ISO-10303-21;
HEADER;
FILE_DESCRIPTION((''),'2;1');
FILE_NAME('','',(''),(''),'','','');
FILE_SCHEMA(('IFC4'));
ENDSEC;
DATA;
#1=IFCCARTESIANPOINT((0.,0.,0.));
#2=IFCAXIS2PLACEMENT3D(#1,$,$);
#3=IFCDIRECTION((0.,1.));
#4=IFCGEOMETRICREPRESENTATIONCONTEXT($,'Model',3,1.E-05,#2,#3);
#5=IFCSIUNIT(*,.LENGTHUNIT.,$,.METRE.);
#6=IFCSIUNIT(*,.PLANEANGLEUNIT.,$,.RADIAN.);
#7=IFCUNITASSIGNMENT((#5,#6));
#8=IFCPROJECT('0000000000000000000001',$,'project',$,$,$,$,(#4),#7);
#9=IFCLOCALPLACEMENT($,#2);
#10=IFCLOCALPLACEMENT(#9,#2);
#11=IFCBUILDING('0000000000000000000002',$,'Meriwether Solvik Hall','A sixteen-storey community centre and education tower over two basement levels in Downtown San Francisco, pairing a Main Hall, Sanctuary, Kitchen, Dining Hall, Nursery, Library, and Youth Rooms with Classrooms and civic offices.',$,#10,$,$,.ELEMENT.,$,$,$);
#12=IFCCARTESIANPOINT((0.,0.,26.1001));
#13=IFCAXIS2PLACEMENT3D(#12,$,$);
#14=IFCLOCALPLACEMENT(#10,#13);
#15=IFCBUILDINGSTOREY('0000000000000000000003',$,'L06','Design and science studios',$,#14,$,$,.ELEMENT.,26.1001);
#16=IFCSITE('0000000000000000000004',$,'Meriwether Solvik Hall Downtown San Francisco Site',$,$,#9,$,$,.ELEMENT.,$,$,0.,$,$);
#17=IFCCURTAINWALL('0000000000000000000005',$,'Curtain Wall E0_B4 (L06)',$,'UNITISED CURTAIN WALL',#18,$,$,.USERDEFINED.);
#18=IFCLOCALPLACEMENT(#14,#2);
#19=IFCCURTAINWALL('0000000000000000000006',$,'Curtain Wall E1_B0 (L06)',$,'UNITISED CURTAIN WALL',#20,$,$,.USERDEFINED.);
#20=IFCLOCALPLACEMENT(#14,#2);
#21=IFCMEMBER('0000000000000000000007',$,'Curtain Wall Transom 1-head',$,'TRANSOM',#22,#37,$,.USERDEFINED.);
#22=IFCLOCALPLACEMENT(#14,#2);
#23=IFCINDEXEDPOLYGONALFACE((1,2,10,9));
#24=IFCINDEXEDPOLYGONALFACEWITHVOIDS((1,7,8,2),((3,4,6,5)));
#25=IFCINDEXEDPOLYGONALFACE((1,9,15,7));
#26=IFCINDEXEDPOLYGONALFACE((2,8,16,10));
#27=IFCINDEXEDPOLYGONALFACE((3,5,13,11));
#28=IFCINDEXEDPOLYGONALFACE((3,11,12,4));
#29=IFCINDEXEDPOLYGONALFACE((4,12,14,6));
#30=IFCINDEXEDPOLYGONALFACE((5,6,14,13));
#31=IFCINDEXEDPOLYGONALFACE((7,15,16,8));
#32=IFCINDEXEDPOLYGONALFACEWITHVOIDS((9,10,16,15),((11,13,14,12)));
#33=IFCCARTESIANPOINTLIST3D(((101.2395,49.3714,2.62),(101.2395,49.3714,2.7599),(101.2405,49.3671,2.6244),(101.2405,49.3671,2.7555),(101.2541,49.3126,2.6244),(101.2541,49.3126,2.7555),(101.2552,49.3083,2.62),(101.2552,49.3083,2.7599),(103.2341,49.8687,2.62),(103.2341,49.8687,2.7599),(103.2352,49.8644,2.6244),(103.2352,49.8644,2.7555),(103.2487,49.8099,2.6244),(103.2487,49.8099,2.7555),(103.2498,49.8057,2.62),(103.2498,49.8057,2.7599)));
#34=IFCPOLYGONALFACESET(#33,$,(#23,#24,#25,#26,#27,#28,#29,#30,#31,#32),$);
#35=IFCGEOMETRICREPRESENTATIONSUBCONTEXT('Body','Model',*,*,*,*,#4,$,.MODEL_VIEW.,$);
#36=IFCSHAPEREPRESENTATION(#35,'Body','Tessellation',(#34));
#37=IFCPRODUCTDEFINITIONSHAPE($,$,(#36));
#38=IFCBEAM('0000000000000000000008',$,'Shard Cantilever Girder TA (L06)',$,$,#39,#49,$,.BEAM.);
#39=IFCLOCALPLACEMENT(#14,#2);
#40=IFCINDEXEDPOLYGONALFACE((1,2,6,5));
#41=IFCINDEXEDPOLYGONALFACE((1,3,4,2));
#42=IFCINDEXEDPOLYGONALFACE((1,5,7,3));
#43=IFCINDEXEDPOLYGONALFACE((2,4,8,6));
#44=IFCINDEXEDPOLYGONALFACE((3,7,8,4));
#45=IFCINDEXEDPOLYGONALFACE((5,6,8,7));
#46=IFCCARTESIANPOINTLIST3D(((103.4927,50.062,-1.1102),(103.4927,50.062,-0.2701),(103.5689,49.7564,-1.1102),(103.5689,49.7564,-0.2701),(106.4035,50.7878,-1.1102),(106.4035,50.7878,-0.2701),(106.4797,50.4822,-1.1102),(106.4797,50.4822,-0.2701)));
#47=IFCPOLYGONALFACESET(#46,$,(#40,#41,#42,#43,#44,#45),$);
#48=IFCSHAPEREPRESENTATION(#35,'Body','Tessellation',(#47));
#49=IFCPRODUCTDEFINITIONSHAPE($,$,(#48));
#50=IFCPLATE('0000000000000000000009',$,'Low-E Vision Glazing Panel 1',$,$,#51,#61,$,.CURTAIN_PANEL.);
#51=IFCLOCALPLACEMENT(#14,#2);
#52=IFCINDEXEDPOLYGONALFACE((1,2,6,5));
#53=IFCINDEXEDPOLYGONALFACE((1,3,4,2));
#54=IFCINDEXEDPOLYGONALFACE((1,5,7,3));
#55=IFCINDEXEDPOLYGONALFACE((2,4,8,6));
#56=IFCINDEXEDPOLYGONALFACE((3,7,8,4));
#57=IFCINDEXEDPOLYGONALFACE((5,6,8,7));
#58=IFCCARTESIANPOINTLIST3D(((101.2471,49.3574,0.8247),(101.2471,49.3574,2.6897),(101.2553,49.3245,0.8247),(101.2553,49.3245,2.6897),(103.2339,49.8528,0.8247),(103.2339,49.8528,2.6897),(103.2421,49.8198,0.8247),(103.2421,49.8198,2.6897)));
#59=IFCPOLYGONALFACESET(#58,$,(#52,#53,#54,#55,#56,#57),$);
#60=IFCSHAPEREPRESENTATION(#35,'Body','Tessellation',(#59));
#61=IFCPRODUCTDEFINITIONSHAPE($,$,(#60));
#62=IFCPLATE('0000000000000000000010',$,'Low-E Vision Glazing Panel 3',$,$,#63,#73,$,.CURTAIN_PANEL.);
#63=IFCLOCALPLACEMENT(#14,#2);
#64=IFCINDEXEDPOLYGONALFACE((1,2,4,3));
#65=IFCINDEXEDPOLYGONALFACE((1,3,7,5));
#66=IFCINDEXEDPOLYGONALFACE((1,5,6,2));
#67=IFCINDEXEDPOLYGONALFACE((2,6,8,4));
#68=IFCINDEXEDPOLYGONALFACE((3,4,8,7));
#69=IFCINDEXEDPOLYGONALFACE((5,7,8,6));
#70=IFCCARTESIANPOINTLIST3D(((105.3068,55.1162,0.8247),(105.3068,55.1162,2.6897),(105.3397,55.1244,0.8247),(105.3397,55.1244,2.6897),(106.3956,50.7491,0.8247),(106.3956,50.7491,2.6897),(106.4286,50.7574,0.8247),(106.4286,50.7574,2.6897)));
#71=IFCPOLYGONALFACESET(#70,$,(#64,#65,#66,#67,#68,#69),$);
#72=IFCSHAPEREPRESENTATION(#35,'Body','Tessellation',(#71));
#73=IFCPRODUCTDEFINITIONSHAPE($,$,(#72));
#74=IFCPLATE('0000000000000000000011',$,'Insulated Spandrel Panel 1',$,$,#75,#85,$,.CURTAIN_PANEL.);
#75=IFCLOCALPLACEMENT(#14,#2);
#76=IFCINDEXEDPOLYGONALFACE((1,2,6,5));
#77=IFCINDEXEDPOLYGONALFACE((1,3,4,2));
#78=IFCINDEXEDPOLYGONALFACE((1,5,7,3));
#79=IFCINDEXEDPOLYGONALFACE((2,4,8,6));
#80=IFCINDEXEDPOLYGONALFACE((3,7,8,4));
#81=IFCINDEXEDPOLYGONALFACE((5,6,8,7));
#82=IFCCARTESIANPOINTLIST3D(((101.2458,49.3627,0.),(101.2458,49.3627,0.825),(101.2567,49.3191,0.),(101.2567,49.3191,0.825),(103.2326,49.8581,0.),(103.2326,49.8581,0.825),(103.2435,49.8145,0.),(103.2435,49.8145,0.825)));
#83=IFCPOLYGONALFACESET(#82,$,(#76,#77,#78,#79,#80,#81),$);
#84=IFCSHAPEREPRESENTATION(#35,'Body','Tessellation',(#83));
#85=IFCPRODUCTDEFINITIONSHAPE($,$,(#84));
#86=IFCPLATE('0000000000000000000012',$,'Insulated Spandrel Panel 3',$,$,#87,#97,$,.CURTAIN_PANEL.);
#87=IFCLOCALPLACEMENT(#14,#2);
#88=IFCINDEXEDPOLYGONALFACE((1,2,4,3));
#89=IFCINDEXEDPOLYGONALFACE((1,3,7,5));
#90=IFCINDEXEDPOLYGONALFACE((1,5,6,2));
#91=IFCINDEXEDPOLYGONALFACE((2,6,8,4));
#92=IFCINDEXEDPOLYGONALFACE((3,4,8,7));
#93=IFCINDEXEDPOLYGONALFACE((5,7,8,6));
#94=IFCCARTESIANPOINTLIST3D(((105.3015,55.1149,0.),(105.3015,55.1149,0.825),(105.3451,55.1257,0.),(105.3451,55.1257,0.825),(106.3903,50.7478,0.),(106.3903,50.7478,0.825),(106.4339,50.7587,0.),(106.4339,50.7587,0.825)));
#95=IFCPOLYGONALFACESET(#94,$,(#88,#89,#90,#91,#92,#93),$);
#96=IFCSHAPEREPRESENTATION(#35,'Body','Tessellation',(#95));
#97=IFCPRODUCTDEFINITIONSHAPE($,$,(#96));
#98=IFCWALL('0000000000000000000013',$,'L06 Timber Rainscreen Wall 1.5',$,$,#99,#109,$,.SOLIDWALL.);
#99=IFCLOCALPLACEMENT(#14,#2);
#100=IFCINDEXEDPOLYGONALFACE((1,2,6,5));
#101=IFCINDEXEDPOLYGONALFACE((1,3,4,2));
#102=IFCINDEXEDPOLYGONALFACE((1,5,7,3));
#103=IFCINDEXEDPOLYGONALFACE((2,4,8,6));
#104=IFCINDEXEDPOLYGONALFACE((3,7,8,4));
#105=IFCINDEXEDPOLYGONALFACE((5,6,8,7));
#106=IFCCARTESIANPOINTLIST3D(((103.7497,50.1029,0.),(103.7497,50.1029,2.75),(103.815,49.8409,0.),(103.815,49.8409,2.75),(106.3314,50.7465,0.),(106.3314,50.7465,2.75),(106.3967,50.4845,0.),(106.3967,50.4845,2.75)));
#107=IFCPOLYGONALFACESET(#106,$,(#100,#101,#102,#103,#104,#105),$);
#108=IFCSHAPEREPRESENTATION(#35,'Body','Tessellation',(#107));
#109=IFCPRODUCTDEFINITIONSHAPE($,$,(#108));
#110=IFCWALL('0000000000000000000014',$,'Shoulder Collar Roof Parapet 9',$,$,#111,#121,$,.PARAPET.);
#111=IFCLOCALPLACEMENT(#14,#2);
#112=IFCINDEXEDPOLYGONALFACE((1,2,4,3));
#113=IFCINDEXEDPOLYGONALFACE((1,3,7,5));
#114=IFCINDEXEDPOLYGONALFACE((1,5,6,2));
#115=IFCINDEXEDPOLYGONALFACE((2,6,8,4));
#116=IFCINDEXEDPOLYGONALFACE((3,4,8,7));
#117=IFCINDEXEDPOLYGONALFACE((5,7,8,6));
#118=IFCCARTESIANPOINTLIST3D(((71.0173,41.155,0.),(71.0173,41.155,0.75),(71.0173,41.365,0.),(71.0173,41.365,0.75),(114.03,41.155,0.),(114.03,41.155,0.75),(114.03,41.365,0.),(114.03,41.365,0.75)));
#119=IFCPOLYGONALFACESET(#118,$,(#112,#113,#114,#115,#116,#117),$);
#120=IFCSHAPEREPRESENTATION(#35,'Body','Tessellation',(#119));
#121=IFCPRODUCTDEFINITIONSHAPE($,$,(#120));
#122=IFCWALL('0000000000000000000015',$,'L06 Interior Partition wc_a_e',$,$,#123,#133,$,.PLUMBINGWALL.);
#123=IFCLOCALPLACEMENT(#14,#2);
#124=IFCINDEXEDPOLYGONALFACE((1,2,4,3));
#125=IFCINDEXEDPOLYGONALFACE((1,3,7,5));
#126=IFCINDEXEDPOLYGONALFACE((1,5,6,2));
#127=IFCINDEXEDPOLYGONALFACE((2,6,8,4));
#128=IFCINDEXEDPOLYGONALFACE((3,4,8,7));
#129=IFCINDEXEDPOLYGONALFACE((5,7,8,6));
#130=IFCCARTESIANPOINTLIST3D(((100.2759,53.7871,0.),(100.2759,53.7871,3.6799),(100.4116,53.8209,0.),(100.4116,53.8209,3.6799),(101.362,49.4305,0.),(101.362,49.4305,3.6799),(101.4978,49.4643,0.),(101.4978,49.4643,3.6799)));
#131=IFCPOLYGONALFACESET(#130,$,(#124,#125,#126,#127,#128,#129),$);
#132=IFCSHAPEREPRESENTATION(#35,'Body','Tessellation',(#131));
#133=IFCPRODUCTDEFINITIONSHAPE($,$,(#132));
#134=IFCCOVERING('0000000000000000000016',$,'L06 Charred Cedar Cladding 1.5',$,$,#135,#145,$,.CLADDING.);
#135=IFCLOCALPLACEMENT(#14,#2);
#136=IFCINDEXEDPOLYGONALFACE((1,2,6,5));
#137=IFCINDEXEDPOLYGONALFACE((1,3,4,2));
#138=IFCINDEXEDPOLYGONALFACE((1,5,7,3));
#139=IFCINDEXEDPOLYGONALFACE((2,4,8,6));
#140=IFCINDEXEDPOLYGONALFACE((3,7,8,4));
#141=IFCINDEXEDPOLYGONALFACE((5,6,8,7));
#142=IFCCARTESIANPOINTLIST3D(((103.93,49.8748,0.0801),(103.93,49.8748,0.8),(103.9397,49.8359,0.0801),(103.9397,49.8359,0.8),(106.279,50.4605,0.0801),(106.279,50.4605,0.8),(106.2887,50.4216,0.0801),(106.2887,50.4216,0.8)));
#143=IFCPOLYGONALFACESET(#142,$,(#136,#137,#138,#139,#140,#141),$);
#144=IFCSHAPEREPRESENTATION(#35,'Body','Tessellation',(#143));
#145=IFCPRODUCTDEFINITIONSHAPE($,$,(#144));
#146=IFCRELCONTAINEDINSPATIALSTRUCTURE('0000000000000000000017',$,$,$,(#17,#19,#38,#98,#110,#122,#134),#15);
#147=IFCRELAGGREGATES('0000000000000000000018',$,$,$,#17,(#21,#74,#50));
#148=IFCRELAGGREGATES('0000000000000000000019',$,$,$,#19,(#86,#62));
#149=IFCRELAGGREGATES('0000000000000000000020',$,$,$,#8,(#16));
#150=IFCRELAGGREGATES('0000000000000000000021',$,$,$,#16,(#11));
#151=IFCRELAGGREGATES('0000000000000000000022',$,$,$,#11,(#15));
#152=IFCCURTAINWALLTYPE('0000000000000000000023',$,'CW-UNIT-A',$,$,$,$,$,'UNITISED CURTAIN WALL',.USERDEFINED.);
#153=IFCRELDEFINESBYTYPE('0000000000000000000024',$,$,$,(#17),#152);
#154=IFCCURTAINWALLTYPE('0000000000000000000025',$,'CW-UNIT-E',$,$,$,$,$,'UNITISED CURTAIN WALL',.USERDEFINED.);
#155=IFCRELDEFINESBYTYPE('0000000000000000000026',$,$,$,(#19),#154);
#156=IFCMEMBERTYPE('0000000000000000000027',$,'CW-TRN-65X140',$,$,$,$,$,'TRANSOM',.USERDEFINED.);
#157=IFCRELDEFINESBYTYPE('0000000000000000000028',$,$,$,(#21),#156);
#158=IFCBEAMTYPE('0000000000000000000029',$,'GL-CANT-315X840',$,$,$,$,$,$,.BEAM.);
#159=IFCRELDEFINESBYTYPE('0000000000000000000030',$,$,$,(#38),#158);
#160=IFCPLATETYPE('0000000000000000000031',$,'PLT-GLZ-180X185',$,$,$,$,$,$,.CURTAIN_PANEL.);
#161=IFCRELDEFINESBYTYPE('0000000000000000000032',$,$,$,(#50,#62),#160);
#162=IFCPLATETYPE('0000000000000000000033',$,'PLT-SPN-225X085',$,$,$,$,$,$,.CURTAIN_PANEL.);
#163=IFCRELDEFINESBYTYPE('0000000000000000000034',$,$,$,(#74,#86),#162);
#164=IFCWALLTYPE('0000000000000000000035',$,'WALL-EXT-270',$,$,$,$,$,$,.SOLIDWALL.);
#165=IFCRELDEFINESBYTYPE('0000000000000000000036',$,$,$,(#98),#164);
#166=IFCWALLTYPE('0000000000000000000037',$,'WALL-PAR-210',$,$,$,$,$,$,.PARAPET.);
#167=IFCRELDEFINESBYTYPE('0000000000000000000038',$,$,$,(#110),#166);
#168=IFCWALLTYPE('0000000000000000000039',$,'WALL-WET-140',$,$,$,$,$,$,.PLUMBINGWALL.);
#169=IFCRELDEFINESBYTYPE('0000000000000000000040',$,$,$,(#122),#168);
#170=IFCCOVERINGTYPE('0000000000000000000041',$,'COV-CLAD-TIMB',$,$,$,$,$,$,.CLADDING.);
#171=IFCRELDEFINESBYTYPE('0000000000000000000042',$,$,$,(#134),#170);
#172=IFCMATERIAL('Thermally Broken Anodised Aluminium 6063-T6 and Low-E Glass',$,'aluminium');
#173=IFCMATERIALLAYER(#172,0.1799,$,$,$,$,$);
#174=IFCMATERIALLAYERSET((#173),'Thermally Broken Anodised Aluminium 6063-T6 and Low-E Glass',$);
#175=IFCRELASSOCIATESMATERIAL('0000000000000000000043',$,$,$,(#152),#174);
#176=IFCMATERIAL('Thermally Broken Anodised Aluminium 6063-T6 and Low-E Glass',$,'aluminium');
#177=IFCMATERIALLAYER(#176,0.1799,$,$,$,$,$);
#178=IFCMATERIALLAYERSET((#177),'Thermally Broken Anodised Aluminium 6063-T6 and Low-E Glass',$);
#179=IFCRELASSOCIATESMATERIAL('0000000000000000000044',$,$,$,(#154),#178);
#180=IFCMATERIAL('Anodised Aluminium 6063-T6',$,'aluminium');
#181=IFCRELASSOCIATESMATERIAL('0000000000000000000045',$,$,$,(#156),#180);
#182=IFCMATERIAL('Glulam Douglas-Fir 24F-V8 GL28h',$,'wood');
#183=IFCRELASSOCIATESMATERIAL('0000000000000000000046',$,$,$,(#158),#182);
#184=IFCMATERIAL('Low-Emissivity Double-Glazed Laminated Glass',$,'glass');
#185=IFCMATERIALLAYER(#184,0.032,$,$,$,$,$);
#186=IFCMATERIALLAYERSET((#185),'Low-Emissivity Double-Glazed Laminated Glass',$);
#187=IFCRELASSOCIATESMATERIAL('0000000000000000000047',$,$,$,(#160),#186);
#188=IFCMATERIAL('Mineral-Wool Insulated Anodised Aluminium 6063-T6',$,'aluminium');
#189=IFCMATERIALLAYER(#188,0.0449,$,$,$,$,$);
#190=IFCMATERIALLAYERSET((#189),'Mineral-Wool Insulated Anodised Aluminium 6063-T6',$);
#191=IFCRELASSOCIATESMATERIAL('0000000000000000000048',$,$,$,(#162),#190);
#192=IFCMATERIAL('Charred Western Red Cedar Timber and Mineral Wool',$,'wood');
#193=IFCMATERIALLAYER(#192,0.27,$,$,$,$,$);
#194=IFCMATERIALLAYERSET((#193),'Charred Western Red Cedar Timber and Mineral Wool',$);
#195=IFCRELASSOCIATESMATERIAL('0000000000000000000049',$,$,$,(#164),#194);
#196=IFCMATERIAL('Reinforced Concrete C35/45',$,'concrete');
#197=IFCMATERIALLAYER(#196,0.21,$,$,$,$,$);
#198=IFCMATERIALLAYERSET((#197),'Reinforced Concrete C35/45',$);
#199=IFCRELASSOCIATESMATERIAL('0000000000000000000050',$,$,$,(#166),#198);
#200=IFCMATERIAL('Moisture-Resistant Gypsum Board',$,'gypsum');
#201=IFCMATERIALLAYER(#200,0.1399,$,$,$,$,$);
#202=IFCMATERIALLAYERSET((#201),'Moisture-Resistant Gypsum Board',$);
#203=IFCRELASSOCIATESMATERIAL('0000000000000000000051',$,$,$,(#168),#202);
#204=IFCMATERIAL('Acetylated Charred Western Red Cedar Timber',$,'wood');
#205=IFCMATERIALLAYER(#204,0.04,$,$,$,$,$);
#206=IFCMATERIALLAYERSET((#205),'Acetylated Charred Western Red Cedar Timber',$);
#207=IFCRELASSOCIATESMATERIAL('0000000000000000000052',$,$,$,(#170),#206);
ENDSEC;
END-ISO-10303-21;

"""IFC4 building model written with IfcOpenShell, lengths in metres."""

from ifc_helpers import new_model, si_unit, direction, frame, frame_2d, origin, origin_2d, place, context, subcontext, project, spatial, rectangle, hollow_rectangle, extrude, material, layer, layer_set, material_profile, profile_set, type_object, element, aggregate, save


model = new_model("IFC4")

# Units and contexts
model_context = context("Model", 3, precision=1e-05, world=origin(), true_north=direction((0.0, 1.0)))
body_context = subcontext(model_context, "Body", "Model", "MODEL_VIEW")
ifc_project = project(units=[si_unit("LENGTHUNIT", "METRE"), si_unit("PLANEANGLEUNIT", "RADIAN")], contexts=[model_context])

# Site, building, storey
site_placement = place(None, origin())
site = spatial("IfcSite", under=ifc_project, at=site_placement, Name="Meriwether Solvik Hall Downtown San Francisco Site", CompositionType="ELEMENT", RefElevation=0.0)
building_placement = place(site_placement, origin())
building = spatial("IfcBuilding", under=site, at=building_placement, Name="Meriwether Solvik Hall", Description="A sixteen-storey community centre and education tower over two basement levels in Downtown San Francisco, pairing a Main Hall, Sanctuary, Kitchen, Dining Hall, Nursery, Library, and Youth Rooms with Classrooms and civic offices.", CompositionType="ELEMENT")
storey_placement = place(building_placement, frame((0.0, 0.0, 26.1001)))
storey = spatial("IfcBuildingStorey", under=building, at=storey_placement, Name="L06", Description="Design and science studios", CompositionType="ELEMENT", Elevation=26.1001)

# Curtain wall
ifc_material_1 = material(Name="Thermally Broken Anodised Aluminium 6063-T6 and Low-E Glass", Category="aluminium")
ifc_layer_1 = layer(ifc_material_1, 0.1799)
ifc_layer_set_1 = layer_set([ifc_layer_1], Name="Thermally Broken Anodised Aluminium 6063-T6 and Low-E Glass")
curtain_wall_type_1 = type_object("IfcCurtainWallType", Name="CW-UNIT-A", ElementType="UNITISED CURTAIN WALL", PredefinedType="USERDEFINED", material=ifc_layer_set_1)
curtain_wall_1_placement = place(storey_placement, origin())
curtain_wall_1 = element("IfcCurtainWall", 1, at=curtain_wall_1_placement, inside=storey, type_object=curtain_wall_type_1, Name="Curtain Wall E0_B4 (L06)", ObjectType="UNITISED CURTAIN WALL", PredefinedType="USERDEFINED")

# Curtain wall
ifc_material_2 = material(Name="Thermally Broken Anodised Aluminium 6063-T6 and Low-E Glass", Category="aluminium")
ifc_layer_2 = layer(ifc_material_2, 0.1799)
ifc_layer_set_2 = layer_set([ifc_layer_2], Name="Thermally Broken Anodised Aluminium 6063-T6 and Low-E Glass")
curtain_wall_type_2 = type_object("IfcCurtainWallType", Name="CW-UNIT-E", ElementType="UNITISED CURTAIN WALL", PredefinedType="USERDEFINED", material=ifc_layer_set_2)
curtain_wall_2_placement = place(storey_placement, origin())
curtain_wall_2 = element("IfcCurtainWall", 2, at=curtain_wall_2_placement, inside=storey, type_object=curtain_wall_type_2, Name="Curtain Wall E1_B0 (L06)", ObjectType="UNITISED CURTAIN WALL", PredefinedType="USERDEFINED")

# Member
ifc_material_3 = material(Name="Anodised Aluminium 6063-T6", Category="aluminium")
ifc_material_profile_1 = material_profile(ifc_material_3, hollow_rectangle(XDim=0.0649, YDim=0.1399, WallThickness=0.0044, at=origin_2d()), Name="CWT-65X140")
ifc_profile_set_1 = profile_set([ifc_material_profile_1], Name="Anodised Aluminium 6063-T6")
member_type_1 = type_object("IfcMemberType", Name="CW-TRN-65X140", ElementType="TRANSOM", PredefinedType="USERDEFINED", material=ifc_profile_set_1)
member_1_placement = place(storey_placement, frame((103.2419, 49.8372, 2.6899), z_axis=(-0.970296, -0.241921, 0.0), x_axis=(0.241921, -0.970296, 0.0)))
member_1 = element("IfcMember", 3, at=member_1_placement, type_object=member_type_1, Name="Curtain Wall Transom 1-head", ObjectType="TRANSOM", PredefinedType="USERDEFINED", context=body_context, shape_type="SweptSolid", body=[
    extrude(hollow_rectangle(XDim=0.0649, YDim=0.1399, WallThickness=0.0044, at=origin_2d()), origin(), (0.0, 0.0, 1.0), 2.0557),
])

# Beam
ifc_material_4 = material(Name="Glulam Douglas-Fir 24F-V8 GL28h", Category="wood")
ifc_material_profile_2 = material_profile(ifc_material_4, rectangle(XDim=0.3149, YDim=0.8401, at=origin_2d()), Name="GLB-315X840")
ifc_profile_set_2 = profile_set([ifc_material_profile_2], Name="Glulam Douglas-Fir 24F-V8 GL28h")
beam_type_1 = type_object("IfcBeamType", Name="GL-CANT-315X840", PredefinedType="BEAM", material=ifc_profile_set_2)
beam_1_placement = place(storey_placement, frame((103.5308, 49.9092, -0.6902), z_axis=(0.970291, 0.241942, 0.0), x_axis=(-0.241942, 0.970291, 0.0)))
element("IfcBeam", 4, at=beam_1_placement, inside=storey, type_object=beam_type_1, Name="Shard Cantilever Girder TA (L06)", PredefinedType="BEAM", context=body_context, shape_type="SweptSolid", body=[
    extrude(rectangle(XDim=0.3149, YDim=0.8401, at=origin_2d()), origin(), (0.0, 0.0, 1.0), 3.0),
])

# Plates
ifc_material_5 = material(Name="Low-Emissivity Double-Glazed Laminated Glass", Category="glass")
ifc_layer_3 = layer(ifc_material_5, 0.032)
ifc_layer_set_3 = layer_set([ifc_layer_3], Name="Low-Emissivity Double-Glazed Laminated Glass")
plate_type_1 = type_object("IfcPlateType", Name="PLT-GLZ-180X185", PredefinedType="CURTAIN_PANEL", material=ifc_layer_set_3)
plate_1_placement = place(storey_placement, frame((102.2446, 49.5886, 0.8247), z_axis=(0.0, 0.0, 1.0), x_axis=(-0.970296, -0.241922, 0.0)))
plate_1 = element("IfcPlate", 5, at=plate_1_placement, type_object=plate_type_1, Name="Low-E Vision Glazing Panel 1", PredefinedType="CURTAIN_PANEL", context=body_context, shape_type="SweptSolid", body=[
    extrude(rectangle(XDim=2.0476, YDim=0.0339, at=origin_2d()), origin(), (0.0, 0.0, 1.0), 1.865),
])
plate_2_placement = place(storey_placement, frame((105.8677, 52.9368, 0.8247), z_axis=(0.0, 0.0, 1.0), x_axis=(0.241922, -0.970296, 0.0)))
plate_2 = element("IfcPlate", 6, at=plate_2_placement, type_object=plate_type_1, Name="Low-E Vision Glazing Panel 3", PredefinedType="CURTAIN_PANEL", context=body_context, shape_type="SweptSolid", body=[
    extrude(rectangle(XDim=4.5007, YDim=0.0339, at=origin_2d()), origin(), (0.0, 0.0, 1.0), 1.865),
])
ifc_material_6 = material(Name="Mineral-Wool Insulated Anodised Aluminium 6063-T6", Category="aluminium")
ifc_layer_4 = layer(ifc_material_6, 0.0449)
ifc_layer_set_4 = layer_set([ifc_layer_4], Name="Mineral-Wool Insulated Anodised Aluminium 6063-T6")
plate_type_2 = type_object("IfcPlateType", Name="PLT-SPN-225X085", PredefinedType="CURTAIN_PANEL", material=ifc_layer_set_4)
plate_3_placement = place(storey_placement, frame((102.2446, 49.5886, 0.0), z_axis=(0.0, 0.0, 1.0), x_axis=(-0.970296, -0.241922, 0.0)))
plate_3 = element("IfcPlate", 7, at=plate_3_placement, type_object=plate_type_2, Name="Insulated Spandrel Panel 1", PredefinedType="CURTAIN_PANEL", context=body_context, shape_type="SweptSolid", body=[
    extrude(rectangle(XDim=2.0476, YDim=0.0449, at=origin_2d()), origin(), (0.0, 0.0, 1.0), 0.825),
])
aggregate(curtain_wall_1, [member_1, plate_3, plate_1])
plate_4_placement = place(storey_placement, frame((105.8677, 52.9368, 0.0), z_axis=(0.0, 0.0, 1.0), x_axis=(0.241922, -0.970296, 0.0)))
plate_4 = element("IfcPlate", 8, at=plate_4_placement, type_object=plate_type_2, Name="Insulated Spandrel Panel 3", PredefinedType="CURTAIN_PANEL", context=body_context, shape_type="SweptSolid", body=[
    extrude(rectangle(XDim=4.5007, YDim=0.0449, at=origin_2d()), origin(), (0.0, 0.0, 1.0), 0.825),
])
aggregate(curtain_wall_2, [plate_4, plate_2])

# Walls
ifc_material_7 = material(Name="Charred Western Red Cedar Timber and Mineral Wool", Category="wood")
ifc_layer_5 = layer(ifc_material_7, 0.27)
ifc_layer_set_5 = layer_set([ifc_layer_5], Name="Charred Western Red Cedar Timber and Mineral Wool")
wall_type_1 = type_object("IfcWallType", Name="WALL-EXT-270", PredefinedType="SOLIDWALL", material=ifc_layer_set_5)
wall_1_placement = place(storey_placement, frame((106.364, 50.6155, 0.0), z_axis=(0.0, 0.0, 1.0), x_axis=(-0.970304, -0.241888, 0.0)))
element("IfcWall", 9, at=wall_1_placement, inside=storey, type_object=wall_type_1, Name="L06 Timber Rainscreen Wall 1.5", PredefinedType="SOLIDWALL", context=body_context, shape_type="SweptSolid", body=[
    extrude(rectangle(XDim=2.6606, YDim=0.27, at=frame_2d((1.3303, 0.0))), origin(), (0.0, 0.0, 1.0), 2.75),
])
ifc_material_8 = material(Name="Reinforced Concrete C35/45", Category="concrete")
ifc_layer_6 = layer(ifc_material_8, 0.21)
ifc_layer_set_6 = layer_set([ifc_layer_6], Name="Reinforced Concrete C35/45")
wall_type_2 = type_object("IfcWallType", Name="WALL-PAR-210", PredefinedType="PARAPET", material=ifc_layer_set_6)
wall_2_placement = place(storey_placement, frame((114.03, 41.26, 0.0), z_axis=(0.0, 0.0, 1.0), x_axis=(-1.0, 0.0, 0.0)))
element("IfcWall", 10, at=wall_2_placement, inside=storey, type_object=wall_type_2, Name="Shoulder Collar Roof Parapet 9", PredefinedType="PARAPET", context=body_context, shape_type="SweptSolid", body=[
    extrude(rectangle(XDim=43.0127, YDim=0.21, at=frame_2d((21.5063, 0.0))), origin(), (0.0, 0.0, 1.0), 0.75),
])
ifc_material_9 = material(Name="Moisture-Resistant Gypsum Board", Category="gypsum")
ifc_layer_7 = layer(ifc_material_9, 0.1399)
ifc_layer_set_7 = layer_set([ifc_layer_7], Name="Moisture-Resistant Gypsum Board")
wall_type_3 = type_object("IfcWallType", Name="WALL-WET-140", PredefinedType="PLUMBINGWALL", material=ifc_layer_set_7)
wall_3_placement = place(storey_placement, frame((101.4299, 49.4473, 0.0), z_axis=(0.0, 0.0, 1.0), x_axis=(-0.241909, 0.970299, 0.0)))
element("IfcWall", 11, at=wall_3_placement, inside=storey, type_object=wall_type_3, Name="L06 Interior Partition wc_a_e", PredefinedType="PLUMBINGWALL", context=body_context, shape_type="SweptSolid", body=[
    extrude(rectangle(XDim=4.49, YDim=0.1399, at=frame_2d((2.2451, 0.0))), origin(), (0.0, 0.0, 1.0), 3.6799),
])

# Covering
ifc_material_10 = material(Name="Acetylated Charred Western Red Cedar Timber", Category="wood")
ifc_layer_8 = layer(ifc_material_10, 0.04)
ifc_layer_set_8 = layer_set([ifc_layer_8], Name="Acetylated Charred Western Red Cedar Timber")
covering_type = type_object("IfcCoveringType", Name="COV-CLAD-TIMB", PredefinedType="CLADDING", material=ifc_layer_set_8)
covering_placement = place(storey_placement, frame((105.1094, 50.1482, 0.0801), z_axis=(0.0, 0.0, 1.0), x_axis=(-0.970296, -0.241922, 0.0)))
element("IfcCovering", 12, at=covering_placement, inside=storey, type_object=covering_type, Name="L06 Charred Cedar Cladding 1.5", PredefinedType="CLADDING", context=body_context, shape_type="SweptSolid", body=[
    extrude(rectangle(XDim=2.4209, YDim=0.04, at=origin_2d()), origin(), (0.0, 0.0, 1.0), 0.72),
])

save(model, "model.ifc")
